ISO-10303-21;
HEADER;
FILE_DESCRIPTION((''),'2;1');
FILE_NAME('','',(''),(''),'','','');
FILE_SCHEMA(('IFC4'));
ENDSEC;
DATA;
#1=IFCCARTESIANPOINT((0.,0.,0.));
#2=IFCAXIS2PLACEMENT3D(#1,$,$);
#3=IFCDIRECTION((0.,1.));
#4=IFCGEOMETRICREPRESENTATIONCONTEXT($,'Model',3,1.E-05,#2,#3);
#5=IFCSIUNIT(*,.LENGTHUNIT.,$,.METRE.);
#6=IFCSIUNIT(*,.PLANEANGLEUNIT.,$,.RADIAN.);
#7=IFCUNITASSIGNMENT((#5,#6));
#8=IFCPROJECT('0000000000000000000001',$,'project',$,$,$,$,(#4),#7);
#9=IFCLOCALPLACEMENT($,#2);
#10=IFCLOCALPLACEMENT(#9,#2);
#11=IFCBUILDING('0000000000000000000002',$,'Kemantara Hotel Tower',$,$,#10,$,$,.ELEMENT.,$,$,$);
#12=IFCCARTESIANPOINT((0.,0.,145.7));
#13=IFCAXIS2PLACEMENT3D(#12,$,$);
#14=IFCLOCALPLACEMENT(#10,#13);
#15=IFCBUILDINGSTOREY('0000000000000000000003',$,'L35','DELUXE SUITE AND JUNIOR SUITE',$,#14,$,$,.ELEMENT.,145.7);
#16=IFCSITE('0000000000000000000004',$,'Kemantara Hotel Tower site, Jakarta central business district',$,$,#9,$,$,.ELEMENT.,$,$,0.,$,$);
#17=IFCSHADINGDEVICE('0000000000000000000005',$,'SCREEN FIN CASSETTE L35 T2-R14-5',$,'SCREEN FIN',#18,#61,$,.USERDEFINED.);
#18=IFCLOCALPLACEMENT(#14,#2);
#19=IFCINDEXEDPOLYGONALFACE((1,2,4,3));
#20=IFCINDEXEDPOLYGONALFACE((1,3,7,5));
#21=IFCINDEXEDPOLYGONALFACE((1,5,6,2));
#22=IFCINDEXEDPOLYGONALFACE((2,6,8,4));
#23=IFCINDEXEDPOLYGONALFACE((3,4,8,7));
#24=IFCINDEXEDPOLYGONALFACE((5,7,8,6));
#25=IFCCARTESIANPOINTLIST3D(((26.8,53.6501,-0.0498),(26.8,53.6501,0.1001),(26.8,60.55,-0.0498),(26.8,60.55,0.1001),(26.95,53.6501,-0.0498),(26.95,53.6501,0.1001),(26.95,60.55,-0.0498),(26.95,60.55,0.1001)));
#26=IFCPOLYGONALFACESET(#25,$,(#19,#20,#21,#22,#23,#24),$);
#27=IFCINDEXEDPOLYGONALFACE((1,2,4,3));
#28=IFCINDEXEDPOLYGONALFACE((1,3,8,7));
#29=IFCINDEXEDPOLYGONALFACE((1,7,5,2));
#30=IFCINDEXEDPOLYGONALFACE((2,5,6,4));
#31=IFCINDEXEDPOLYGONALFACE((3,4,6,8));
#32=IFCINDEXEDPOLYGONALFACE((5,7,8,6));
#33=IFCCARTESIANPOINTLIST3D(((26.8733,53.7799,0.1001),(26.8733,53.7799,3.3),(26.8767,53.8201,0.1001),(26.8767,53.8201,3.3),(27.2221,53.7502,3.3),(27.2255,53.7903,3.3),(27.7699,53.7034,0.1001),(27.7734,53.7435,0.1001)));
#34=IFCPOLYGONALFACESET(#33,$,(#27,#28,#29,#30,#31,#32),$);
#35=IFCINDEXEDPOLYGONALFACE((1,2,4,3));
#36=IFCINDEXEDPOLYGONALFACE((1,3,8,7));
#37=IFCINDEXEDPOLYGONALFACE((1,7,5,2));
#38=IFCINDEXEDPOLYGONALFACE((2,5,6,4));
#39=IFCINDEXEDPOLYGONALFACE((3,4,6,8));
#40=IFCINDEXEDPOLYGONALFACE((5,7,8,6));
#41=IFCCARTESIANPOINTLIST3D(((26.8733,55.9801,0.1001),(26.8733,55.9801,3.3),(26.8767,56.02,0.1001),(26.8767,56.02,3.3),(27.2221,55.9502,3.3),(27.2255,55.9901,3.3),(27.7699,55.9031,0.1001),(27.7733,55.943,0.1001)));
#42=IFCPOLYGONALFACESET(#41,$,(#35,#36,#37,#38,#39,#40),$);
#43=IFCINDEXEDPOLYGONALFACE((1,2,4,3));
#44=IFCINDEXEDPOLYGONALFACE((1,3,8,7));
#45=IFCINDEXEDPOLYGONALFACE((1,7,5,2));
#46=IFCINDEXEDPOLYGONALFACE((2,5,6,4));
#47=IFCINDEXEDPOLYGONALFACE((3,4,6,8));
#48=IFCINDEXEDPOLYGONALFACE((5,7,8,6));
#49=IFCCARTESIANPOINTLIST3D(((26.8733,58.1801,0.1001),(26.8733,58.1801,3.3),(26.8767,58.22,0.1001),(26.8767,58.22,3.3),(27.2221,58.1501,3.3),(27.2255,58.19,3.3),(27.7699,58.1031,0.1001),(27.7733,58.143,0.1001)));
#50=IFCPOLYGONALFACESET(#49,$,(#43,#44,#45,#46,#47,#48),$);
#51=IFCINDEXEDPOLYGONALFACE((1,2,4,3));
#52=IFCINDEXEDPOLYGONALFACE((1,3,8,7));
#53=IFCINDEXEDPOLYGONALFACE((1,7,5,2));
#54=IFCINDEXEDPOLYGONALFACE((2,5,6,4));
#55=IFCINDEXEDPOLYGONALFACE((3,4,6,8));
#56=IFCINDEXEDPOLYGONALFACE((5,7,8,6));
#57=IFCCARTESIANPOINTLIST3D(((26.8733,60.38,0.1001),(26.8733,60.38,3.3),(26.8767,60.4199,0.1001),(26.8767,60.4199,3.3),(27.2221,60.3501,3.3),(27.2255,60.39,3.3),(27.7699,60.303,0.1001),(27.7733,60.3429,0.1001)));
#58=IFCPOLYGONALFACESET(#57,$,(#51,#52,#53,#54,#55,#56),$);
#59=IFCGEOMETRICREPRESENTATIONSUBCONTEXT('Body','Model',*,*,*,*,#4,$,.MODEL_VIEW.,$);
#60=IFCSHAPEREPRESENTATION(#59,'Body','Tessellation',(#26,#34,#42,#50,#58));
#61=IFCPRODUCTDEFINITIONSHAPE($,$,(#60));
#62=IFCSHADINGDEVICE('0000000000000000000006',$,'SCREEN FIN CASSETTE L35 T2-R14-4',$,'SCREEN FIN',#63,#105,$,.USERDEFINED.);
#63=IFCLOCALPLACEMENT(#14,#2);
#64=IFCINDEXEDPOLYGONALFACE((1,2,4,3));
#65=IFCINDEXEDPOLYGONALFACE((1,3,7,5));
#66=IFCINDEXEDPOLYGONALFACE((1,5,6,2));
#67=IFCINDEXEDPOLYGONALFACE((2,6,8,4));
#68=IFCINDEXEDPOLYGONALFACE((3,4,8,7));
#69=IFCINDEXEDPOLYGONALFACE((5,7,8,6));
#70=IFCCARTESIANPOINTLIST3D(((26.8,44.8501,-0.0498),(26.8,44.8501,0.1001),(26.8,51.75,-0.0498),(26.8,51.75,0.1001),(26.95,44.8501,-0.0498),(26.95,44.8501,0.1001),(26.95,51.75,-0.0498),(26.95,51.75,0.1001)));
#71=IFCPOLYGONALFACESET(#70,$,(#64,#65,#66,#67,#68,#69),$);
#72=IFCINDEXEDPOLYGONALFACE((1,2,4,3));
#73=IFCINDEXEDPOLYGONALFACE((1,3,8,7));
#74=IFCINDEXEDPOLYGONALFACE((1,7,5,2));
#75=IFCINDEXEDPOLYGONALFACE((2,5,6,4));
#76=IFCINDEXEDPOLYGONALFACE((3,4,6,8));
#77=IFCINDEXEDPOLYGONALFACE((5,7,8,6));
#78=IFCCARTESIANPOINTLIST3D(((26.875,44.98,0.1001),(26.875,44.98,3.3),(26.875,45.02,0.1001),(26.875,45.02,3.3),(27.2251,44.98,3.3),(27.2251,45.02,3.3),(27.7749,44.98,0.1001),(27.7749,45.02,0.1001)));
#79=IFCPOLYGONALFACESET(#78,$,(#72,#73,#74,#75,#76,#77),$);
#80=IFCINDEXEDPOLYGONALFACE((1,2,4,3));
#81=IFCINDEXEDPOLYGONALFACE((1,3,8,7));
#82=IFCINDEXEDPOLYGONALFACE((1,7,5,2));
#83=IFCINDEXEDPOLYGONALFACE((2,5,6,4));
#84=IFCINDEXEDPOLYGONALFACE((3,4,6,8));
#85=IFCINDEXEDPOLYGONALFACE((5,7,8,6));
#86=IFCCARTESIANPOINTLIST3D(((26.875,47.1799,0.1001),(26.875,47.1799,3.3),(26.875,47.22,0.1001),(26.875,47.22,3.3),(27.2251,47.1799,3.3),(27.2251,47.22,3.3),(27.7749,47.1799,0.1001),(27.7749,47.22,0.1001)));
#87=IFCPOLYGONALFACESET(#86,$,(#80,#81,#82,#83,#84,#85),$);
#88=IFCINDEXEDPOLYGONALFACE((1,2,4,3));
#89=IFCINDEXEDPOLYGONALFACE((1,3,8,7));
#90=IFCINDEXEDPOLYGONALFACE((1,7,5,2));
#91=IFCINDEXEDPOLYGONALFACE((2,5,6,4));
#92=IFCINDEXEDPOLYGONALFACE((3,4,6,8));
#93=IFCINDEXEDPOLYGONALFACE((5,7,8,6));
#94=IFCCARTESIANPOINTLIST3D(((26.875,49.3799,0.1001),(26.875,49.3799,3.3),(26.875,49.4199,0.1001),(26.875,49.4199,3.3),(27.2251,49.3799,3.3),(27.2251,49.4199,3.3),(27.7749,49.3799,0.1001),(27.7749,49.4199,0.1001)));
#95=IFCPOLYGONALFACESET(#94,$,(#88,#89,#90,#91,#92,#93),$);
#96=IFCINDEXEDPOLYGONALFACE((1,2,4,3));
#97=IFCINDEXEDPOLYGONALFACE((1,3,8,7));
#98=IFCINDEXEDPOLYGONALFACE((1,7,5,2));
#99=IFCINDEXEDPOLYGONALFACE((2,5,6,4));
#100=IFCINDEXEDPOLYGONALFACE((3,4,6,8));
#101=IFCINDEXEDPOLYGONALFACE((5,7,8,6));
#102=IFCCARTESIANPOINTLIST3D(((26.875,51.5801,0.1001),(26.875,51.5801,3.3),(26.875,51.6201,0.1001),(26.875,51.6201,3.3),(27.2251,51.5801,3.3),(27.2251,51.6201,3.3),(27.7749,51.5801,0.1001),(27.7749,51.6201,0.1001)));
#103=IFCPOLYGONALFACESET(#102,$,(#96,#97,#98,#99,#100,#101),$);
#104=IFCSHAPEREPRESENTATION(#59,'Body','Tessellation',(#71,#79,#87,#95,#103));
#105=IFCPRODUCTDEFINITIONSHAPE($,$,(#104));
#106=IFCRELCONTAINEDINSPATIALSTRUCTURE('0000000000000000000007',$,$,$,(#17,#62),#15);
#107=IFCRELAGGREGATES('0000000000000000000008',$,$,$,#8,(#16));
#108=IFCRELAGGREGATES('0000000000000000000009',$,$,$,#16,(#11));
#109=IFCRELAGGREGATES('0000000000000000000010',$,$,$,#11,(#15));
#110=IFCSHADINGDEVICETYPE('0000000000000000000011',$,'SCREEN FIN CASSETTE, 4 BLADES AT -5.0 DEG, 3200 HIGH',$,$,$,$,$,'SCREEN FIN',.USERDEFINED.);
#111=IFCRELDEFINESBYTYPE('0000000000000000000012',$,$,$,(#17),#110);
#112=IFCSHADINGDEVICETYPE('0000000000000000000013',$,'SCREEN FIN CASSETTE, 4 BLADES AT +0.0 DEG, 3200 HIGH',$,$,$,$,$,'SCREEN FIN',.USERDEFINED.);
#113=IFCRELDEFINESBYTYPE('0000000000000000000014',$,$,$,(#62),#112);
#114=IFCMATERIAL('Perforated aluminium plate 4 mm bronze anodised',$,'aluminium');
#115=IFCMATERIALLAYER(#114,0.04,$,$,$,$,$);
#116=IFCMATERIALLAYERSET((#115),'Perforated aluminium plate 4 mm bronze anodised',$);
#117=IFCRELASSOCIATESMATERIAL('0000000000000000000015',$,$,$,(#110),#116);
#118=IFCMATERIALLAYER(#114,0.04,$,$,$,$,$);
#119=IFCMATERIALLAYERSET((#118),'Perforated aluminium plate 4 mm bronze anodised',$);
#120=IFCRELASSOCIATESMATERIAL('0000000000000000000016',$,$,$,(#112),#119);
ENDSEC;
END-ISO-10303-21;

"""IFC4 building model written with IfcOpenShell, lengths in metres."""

from ifc_helpers import new_model, si_unit, direction, frame, origin, origin_2d, place, context, subcontext, project, spatial, polyline, rectangle, outline, extrude, source, transform, mapped, material, layer, layer_set, type_object, element, save


model = new_model("IFC4")

# Units and contexts
model_context = context("Model", 3, precision=1e-05, world=origin(), true_north=direction((0.0, 1.0)))
body_context = subcontext(model_context, "Body", "Model", "MODEL_VIEW")
ifc_project = project(units=[si_unit("LENGTHUNIT", "METRE"), si_unit("PLANEANGLEUNIT", "RADIAN")], contexts=[model_context])

# Site, building, storey
site_placement = place(None, origin())
site = spatial("IfcSite", under=ifc_project, at=site_placement, Name="Kemantara Hotel Tower site, Jakarta central business district", CompositionType="ELEMENT", RefElevation=0.0)
building_placement = place(site_placement, origin())
building = spatial("IfcBuilding", under=site, at=building_placement, Name="Kemantara Hotel Tower", CompositionType="ELEMENT")
storey_placement = place(building_placement, frame((0.0, 0.0, 145.7)))
storey = spatial("IfcBuildingStorey", under=building, at=storey_placement, Name="L35", Description="DELUXE SUITE AND JUNIOR SUITE", CompositionType="ELEMENT", Elevation=145.7)

# Shading devices
ifc_material_1 = material(Name="Perforated aluminium plate 4 mm bronze anodised", Category="aluminium")
ifc_layer_1 = layer(ifc_material_1, 0.04)
ifc_layer_set_1 = layer_set([ifc_layer_1], Name="Perforated aluminium plate 4 mm bronze anodised")
shading_device_type_1 = type_object("IfcShadingDeviceType", Name="SCREEN FIN CASSETTE, 4 BLADES AT -5.0 DEG, 3200 HIGH", ElementType="SCREEN FIN", PredefinedType="USERDEFINED", material=ifc_layer_set_1)
shared_shape_1 = source(origin(), body_context, "Body", "SweptSolid", [
    extrude(rectangle(XDim=6.8999, YDim=0.1499, at=origin_2d()), frame((3.3, -0.075, -0.1499), z_axis=(0.0, 0.0, 1.0), x_axis=(1.0, 0.0, 0.0)), (0.0, 0.0, 1.0), 0.1499),
    extrude(outline(polyline([(0.0, 0.0), (0.8999, 0.0), (0.3501, 3.2), (0.0, 3.2), (0.0, 0.0)])), frame((0.02, -0.0767, 0.0), z_axis=(-0.996376, 0.085056, 0.0), x_axis=(-0.085056, -0.996376, 0.0)), (0.0, 0.0, 1.0), 0.0403),
    extrude(outline(polyline([(0.0, 0.0), (0.8999, 0.0), (0.3501, 3.2), (0.0, 3.2), (0.0, 0.0)])), frame((2.22, -0.0767, 0.0), z_axis=(-0.996332, 0.085575, 0.0), x_axis=(-0.085575, -0.996332, 0.0)), (0.0, 0.0, 1.0), 0.04),
    extrude(outline(polyline([(0.0, 0.0), (0.8999, 0.0), (0.3501, 3.2), (0.0, 3.2), (0.0, 0.0)])), frame((4.4199, -0.0767, 0.0), z_axis=(-0.996332, 0.085575, 0.0), x_axis=(-0.085575, -0.996332, 0.0)), (0.0, 0.0, 1.0), 0.04),
    extrude(outline(polyline([(0.0, 0.0), (0.8999, 0.0), (0.3501, 3.2), (0.0, 3.2), (0.0, 0.0)])), frame((6.6199, -0.0767, 0.0), z_axis=(-0.996332, 0.085575, 0.0), x_axis=(-0.085575, -0.996332, 0.0)), (0.0, 0.0, 1.0), 0.04),
])
shading_device_1_placement = place(storey_placement, frame((26.8, 53.8, 0.1001), z_axis=(0.0, 0.0, 1.0), x_axis=(0.0, 1.0, 0.0)))
element("IfcShadingDevice", 1, at=shading_device_1_placement, inside=storey, type_object=shading_device_type_1, Name="SCREEN FIN CASSETTE L35 T2-R14-5", ObjectType="SCREEN FIN", PredefinedType="USERDEFINED", context=body_context, shape_type="MappedRepresentation", body=[
    mapped(shared_shape_1, transform((0.0, 0.0, 0.0))),
])
ifc_layer_2 = layer(ifc_material_1, 0.04)
ifc_layer_set_2 = layer_set([ifc_layer_2], Name="Perforated aluminium plate 4 mm bronze anodised")
shading_device_type_2 = type_object("IfcShadingDeviceType", Name="SCREEN FIN CASSETTE, 4 BLADES AT +0.0 DEG, 3200 HIGH", ElementType="SCREEN FIN", PredefinedType="USERDEFINED", material=ifc_layer_set_2)
shared_shape_2 = source(origin(), body_context, "Body", "SweptSolid", [
    extrude(rectangle(XDim=6.8999, YDim=0.1499, at=origin_2d()), frame((3.3, -0.075, -0.1499), z_axis=(0.0, 0.0, 1.0), x_axis=(1.0, 0.0, 0.0)), (0.0, 0.0, 1.0), 0.1499),
    extrude(outline(polyline([(0.0, 0.0), (0.8999, 0.0), (0.3501, 3.2), (0.0, 3.2), (0.0, 0.0)])), frame((0.02, -0.075, 0.0), z_axis=(-1.0, 0.0, 0.0), x_axis=(0.0, -1.0, 0.0)), (0.0, 0.0, 1.0), 0.04),
    extrude(outline(polyline([(0.0, 0.0), (0.8999, 0.0), (0.3501, 3.2), (0.0, 3.2), (0.0, 0.0)])), frame((2.22, -0.075, 0.0), z_axis=(-1.0, 0.0, 0.0), x_axis=(0.0, -1.0, 0.0)), (0.0, 0.0, 1.0), 0.04),
    extrude(outline(polyline([(0.0, 0.0), (0.8999, 0.0), (0.3501, 3.2), (0.0, 3.2), (0.0, 0.0)])), frame((4.4199, -0.075, 0.0), z_axis=(-1.0, 0.0, 0.0), x_axis=(0.0, -1.0, 0.0)), (0.0, 0.0, 1.0), 0.04),
    extrude(outline(polyline([(0.0, 0.0), (0.8999, 0.0), (0.3501, 3.2), (0.0, 3.2), (0.0, 0.0)])), frame((6.6201, -0.075, 0.0), z_axis=(-1.0, 0.0, 0.0), x_axis=(0.0, -1.0, 0.0)), (0.0, 0.0, 1.0), 0.04),
])
shading_device_2_placement = place(storey_placement, frame((26.8, 45.0, 0.1001), z_axis=(0.0, 0.0, 1.0), x_axis=(0.0, 1.0, 0.0)))
element("IfcShadingDevice", 2, at=shading_device_2_placement, inside=storey, type_object=shading_device_type_2, Name="SCREEN FIN CASSETTE L35 T2-R14-4", ObjectType="SCREEN FIN", PredefinedType="USERDEFINED", context=body_context, shape_type="MappedRepresentation", body=[
    mapped(shared_shape_2, transform((0.0, 0.0, 0.0))),
])

save(model, "model.ifc")
